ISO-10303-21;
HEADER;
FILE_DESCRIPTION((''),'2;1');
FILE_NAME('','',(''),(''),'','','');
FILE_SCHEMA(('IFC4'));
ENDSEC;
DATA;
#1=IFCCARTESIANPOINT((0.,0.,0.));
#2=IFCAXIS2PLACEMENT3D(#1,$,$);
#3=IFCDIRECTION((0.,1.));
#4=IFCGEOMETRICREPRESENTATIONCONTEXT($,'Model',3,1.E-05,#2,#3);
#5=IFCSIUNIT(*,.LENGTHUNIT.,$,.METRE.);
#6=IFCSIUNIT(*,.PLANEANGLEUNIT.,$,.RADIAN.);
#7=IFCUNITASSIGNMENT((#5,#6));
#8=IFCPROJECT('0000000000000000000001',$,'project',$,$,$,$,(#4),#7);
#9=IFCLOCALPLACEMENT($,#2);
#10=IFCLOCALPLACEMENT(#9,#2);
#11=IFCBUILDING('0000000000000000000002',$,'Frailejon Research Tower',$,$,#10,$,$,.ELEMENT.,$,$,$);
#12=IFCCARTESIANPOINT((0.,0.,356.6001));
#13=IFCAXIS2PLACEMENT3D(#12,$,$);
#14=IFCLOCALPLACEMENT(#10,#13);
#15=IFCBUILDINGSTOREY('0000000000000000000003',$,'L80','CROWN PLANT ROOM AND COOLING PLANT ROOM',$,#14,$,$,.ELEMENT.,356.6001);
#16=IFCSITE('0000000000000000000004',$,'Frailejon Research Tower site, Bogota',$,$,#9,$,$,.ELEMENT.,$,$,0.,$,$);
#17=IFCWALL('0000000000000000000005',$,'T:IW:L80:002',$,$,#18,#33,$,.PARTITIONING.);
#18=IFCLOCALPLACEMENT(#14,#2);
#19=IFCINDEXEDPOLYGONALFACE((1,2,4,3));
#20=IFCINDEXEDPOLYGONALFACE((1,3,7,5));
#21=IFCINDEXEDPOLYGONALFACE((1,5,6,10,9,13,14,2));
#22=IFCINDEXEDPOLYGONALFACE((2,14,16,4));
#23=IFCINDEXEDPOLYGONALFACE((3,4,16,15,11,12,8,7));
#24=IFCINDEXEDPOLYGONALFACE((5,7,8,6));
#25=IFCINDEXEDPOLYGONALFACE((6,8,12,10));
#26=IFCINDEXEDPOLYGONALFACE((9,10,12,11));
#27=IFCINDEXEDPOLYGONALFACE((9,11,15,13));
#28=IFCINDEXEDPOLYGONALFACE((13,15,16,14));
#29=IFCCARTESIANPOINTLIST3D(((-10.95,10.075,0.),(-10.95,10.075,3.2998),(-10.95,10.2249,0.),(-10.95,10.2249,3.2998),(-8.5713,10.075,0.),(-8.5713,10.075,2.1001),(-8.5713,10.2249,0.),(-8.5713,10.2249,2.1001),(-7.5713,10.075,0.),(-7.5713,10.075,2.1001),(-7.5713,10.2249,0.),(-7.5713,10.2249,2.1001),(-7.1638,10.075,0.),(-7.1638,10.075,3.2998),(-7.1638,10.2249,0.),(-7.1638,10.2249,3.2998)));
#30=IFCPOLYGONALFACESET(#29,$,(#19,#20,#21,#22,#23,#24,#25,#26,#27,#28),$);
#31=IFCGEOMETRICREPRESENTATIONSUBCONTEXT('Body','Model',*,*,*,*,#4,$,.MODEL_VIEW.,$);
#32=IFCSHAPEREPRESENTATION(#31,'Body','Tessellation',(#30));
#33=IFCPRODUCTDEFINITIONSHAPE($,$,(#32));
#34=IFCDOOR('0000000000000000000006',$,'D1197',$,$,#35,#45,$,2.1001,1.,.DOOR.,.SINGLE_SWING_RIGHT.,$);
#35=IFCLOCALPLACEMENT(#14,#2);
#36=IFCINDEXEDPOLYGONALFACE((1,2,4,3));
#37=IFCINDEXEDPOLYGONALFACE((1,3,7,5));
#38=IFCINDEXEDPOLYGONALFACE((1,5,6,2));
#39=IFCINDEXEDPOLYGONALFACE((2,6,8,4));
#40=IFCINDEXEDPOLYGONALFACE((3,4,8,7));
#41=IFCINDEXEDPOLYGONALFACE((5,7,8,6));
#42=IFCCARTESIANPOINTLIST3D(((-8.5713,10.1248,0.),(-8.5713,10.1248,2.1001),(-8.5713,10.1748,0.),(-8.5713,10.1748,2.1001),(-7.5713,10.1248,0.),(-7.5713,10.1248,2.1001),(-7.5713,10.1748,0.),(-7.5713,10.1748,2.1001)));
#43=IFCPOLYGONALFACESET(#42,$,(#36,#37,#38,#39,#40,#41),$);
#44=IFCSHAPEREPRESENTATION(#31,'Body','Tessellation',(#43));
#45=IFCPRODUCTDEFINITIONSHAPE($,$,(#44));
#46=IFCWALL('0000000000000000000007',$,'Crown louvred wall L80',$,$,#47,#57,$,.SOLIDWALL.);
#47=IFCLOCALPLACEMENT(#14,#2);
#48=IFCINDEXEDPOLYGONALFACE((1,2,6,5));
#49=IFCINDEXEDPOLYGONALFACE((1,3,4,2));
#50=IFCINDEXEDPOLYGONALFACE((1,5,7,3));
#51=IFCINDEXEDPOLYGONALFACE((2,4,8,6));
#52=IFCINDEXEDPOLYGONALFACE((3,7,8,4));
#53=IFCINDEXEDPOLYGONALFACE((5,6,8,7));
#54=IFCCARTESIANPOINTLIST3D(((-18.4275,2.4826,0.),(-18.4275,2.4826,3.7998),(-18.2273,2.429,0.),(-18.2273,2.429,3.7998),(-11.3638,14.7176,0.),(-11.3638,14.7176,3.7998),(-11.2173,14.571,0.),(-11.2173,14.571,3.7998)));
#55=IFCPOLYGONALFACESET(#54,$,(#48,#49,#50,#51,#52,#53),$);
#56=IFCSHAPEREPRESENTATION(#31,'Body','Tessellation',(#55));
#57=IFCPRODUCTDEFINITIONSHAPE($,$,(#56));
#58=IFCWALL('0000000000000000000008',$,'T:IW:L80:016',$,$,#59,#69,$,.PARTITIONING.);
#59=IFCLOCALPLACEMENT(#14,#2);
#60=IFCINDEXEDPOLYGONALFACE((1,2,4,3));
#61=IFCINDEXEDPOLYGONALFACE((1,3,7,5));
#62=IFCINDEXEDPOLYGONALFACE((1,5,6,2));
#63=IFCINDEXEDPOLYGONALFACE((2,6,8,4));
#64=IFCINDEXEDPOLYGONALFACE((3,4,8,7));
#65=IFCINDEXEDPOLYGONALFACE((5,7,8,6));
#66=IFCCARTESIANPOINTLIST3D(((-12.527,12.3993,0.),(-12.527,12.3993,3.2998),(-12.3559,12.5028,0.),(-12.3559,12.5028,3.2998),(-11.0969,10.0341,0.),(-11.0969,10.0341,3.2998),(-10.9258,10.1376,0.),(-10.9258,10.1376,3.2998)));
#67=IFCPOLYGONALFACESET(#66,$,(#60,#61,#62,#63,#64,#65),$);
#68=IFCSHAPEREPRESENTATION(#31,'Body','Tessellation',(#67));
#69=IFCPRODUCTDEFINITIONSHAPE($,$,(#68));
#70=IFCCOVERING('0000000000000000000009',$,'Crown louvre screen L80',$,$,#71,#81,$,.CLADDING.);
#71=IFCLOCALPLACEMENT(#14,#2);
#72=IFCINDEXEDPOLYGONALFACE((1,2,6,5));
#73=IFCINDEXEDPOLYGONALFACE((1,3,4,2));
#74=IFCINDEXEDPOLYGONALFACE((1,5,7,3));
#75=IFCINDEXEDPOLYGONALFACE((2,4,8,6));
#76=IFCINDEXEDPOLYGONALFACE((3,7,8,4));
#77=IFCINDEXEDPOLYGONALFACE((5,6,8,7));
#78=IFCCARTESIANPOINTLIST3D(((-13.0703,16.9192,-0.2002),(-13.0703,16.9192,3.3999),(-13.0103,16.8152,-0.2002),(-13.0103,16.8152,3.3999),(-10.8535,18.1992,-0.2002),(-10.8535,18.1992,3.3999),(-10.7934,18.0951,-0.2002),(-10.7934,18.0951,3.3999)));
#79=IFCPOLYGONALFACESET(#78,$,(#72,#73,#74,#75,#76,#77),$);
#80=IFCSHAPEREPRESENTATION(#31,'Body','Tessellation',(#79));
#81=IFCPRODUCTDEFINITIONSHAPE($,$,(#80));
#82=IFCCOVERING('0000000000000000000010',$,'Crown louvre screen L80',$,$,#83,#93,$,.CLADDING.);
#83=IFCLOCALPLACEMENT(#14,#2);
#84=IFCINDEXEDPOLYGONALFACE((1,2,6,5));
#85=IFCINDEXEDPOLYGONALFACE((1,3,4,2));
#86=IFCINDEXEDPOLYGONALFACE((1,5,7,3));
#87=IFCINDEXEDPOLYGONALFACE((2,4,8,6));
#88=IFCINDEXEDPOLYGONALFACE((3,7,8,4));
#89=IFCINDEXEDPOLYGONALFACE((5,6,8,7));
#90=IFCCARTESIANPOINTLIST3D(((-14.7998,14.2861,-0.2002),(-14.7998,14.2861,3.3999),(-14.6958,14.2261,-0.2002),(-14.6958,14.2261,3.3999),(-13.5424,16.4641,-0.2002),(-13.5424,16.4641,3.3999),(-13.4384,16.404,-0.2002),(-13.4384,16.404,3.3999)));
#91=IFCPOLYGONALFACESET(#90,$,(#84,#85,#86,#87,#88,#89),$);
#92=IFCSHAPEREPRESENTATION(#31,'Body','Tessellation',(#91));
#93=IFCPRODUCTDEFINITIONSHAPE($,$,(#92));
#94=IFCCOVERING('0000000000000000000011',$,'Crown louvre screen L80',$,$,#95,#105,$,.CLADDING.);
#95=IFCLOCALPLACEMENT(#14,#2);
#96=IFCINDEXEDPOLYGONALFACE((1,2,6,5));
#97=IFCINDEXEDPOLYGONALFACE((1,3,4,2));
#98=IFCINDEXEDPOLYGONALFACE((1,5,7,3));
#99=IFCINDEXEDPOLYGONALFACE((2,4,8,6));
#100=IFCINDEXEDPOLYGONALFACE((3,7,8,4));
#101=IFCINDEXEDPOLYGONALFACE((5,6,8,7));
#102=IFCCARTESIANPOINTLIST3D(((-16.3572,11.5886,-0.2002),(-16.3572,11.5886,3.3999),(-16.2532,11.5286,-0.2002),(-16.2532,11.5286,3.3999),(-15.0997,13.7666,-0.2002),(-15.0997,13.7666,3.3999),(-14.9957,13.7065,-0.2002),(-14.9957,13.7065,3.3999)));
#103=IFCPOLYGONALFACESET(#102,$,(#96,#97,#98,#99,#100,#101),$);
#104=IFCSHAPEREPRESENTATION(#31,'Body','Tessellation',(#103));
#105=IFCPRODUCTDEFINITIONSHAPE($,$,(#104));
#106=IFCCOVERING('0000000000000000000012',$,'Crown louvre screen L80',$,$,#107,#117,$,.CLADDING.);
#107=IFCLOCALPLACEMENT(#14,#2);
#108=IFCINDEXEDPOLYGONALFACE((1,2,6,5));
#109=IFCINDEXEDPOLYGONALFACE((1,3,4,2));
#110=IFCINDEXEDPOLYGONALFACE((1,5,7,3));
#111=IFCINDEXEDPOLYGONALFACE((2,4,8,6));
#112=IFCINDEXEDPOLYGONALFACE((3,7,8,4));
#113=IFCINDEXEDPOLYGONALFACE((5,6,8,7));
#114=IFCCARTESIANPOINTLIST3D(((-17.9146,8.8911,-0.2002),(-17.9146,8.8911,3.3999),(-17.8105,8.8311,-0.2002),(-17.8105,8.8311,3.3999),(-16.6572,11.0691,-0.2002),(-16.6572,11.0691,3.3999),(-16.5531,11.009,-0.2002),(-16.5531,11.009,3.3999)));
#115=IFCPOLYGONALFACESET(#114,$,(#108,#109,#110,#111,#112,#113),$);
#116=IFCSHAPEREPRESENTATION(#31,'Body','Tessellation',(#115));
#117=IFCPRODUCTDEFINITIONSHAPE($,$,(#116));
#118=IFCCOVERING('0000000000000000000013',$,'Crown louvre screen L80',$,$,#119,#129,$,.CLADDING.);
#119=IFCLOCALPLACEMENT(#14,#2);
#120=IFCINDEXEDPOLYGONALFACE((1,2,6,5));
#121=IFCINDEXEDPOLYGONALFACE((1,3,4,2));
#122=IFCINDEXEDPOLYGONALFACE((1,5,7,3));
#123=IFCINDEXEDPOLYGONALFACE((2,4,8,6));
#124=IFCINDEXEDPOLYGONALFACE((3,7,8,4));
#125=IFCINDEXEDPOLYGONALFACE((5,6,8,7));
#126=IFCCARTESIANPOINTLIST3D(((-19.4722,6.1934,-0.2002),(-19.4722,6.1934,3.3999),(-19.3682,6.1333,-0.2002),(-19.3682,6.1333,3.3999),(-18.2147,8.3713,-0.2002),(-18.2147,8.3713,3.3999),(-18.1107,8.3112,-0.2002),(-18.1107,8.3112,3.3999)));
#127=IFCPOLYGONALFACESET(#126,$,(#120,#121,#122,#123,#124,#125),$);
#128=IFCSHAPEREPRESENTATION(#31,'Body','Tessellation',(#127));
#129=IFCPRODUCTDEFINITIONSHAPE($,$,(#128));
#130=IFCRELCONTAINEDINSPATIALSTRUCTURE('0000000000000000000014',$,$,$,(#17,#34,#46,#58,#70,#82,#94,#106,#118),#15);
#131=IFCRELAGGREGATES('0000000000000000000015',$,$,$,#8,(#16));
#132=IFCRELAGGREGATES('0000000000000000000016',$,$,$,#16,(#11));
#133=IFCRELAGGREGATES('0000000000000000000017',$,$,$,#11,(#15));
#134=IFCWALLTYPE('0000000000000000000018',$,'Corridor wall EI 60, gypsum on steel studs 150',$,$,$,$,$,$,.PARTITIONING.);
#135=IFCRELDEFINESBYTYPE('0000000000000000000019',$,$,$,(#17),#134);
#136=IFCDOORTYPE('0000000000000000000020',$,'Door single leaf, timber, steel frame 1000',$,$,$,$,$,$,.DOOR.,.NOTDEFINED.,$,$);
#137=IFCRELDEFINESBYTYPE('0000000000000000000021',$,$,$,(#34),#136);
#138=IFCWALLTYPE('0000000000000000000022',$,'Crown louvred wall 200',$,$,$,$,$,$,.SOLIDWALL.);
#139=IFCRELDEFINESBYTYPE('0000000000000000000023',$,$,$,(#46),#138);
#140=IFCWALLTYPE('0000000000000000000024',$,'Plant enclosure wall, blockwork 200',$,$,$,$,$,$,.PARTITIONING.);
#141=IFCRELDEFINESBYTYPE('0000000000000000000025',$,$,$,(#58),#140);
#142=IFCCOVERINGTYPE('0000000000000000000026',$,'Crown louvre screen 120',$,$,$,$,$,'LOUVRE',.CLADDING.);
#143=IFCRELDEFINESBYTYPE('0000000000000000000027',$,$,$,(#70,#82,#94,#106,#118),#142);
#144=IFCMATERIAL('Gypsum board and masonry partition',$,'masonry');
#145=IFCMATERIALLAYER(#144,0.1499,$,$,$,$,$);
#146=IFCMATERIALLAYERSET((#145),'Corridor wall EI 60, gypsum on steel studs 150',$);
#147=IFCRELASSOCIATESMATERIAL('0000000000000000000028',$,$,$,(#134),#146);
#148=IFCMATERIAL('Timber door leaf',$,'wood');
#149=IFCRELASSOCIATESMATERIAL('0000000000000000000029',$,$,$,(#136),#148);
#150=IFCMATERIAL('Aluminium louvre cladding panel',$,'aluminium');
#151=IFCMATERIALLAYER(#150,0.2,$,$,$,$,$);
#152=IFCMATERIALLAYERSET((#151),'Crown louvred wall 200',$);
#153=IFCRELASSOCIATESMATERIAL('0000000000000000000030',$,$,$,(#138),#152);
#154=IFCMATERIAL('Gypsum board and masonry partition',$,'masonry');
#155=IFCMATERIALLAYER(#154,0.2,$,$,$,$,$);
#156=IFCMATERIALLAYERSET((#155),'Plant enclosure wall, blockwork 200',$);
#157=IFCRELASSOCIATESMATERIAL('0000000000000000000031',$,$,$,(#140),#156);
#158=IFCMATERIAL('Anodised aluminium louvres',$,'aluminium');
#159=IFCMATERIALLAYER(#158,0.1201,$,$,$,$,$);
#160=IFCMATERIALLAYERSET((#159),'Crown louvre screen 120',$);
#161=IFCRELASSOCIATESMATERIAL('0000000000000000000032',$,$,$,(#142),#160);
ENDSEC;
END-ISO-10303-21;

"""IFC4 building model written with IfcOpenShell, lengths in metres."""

from ifc_helpers import new_model, si_unit, direction, frame, frame_2d, origin, place, context, subcontext, project, spatial, polyline, rectangle, outline, extrude, material, layer, layer_set, type_object, element, fill, save


model = new_model("IFC4")

# Units and contexts
model_context = context("Model", 3, precision=1e-05, world=origin(), true_north=direction((0.0, 1.0)))
body_context = subcontext(model_context, "Body", "Model", "MODEL_VIEW")
ifc_project = project(units=[si_unit("LENGTHUNIT", "METRE"), si_unit("PLANEANGLEUNIT", "RADIAN")], contexts=[model_context])

# Site, building, storey
site_placement = place(None, origin())
site = spatial("IfcSite", under=ifc_project, at=site_placement, Name="Frailejon Research Tower site, Bogota", CompositionType="ELEMENT", RefElevation=0.0)
building_placement = place(site_placement, origin())
building = spatial("IfcBuilding", under=site, at=building_placement, Name="Frailejon Research Tower", CompositionType="ELEMENT")
storey_placement = place(building_placement, frame((0.0, 0.0, 356.6001)))
storey = spatial("IfcBuildingStorey", under=building, at=storey_placement, Name="L80", Description="CROWN PLANT ROOM AND COOLING PLANT ROOM", CompositionType="ELEMENT", Elevation=356.6001)

# Wall, opening, door
ifc_material_1 = material(Name="Gypsum board and masonry partition", Category="masonry")
ifc_layer_1 = layer(ifc_material_1, 0.1499)
ifc_layer_set_1 = layer_set([ifc_layer_1], Name="Corridor wall EI 60, gypsum on steel studs 150")
wall_type_1 = type_object("IfcWallType", Name="Corridor wall EI 60, gypsum on steel studs 150", PredefinedType="PARTITIONING", material=ifc_layer_set_1)
wall_1_placement = place(storey_placement, frame((-10.95, 10.1499, 0.0), z_axis=(0.0, 0.0, 1.0), x_axis=(1.0, 0.0, 0.0)))
wall_1 = element("IfcWall", 1, at=wall_1_placement, inside=storey, type_object=wall_type_1, Name="T:IW:L80:002", PredefinedType="PARTITIONING", context=body_context, shape_type="SweptSolid", body=[
    extrude(rectangle(XDim=3.7861, YDim=0.1499, at=frame_2d((1.8931, 0.0))), origin(), (0.0, 0.0, 1.0), 3.2998),
])
opening_placement = place(wall_1_placement, frame((2.3787, 0.0, 0.0)))
opening = element("IfcOpeningElement", 2, at=opening_placement, cuts=wall_1, PredefinedType="OPENING", context=body_context, shape_type="SweptSolid", body=[
    extrude(rectangle(XDim=1.0, YDim=2.1001, at=frame_2d((0.5, 1.05))), frame((0.0, 0.085, 0.0), z_axis=(0.0, -1.0, 0.0), x_axis=(1.0, 0.0, 0.0)), (0.0, 0.0, 1.0), 0.1699),
])
ifc_material_2 = material(Name="Timber door leaf", Category="wood")
door_type = type_object("IfcDoorType", Name="Door single leaf, timber, steel frame 1000", OperationType="NOTDEFINED", PredefinedType="DOOR", material=ifc_material_2)
door_placement = place(opening_placement, origin())
door = element("IfcDoor", 3, at=door_placement, inside=storey, type_object=door_type, Name="D1197", OperationType="SINGLE_SWING_RIGHT", OverallHeight=2.1001, OverallWidth=1.0, PredefinedType="DOOR", context=body_context, shape_type="SweptSolid", body=[
    extrude(rectangle(XDim=1.0, YDim=2.1001, at=frame_2d((0.5, 1.05))), frame((0.0, 0.0249, 0.0), z_axis=(0.0, -1.0, 0.0), x_axis=(1.0, 0.0, 0.0)), (0.0, 0.0, 1.0), 0.05),
])
fill(opening, door)

# Walls
ifc_material_3 = material(Name="Aluminium louvre cladding panel", Category="aluminium")
ifc_layer_2 = layer(ifc_material_3, 0.2)
ifc_layer_set_2 = layer_set([ifc_layer_2], Name="Crown louvred wall 200")
wall_type_2 = type_object("IfcWallType", Name="Crown louvred wall 200", PredefinedType="SOLIDWALL", material=ifc_layer_set_2)
wall_2_placement = place(storey_placement, frame((-11.2905, 14.6443, 0.0), z_axis=(0.0, 0.0, 1.0), x_axis=(-0.499992, -0.86603, 0.0)))
element("IfcWall", 4, at=wall_2_placement, inside=storey, type_object=wall_type_2, Name="Crown louvred wall L80", PredefinedType="SOLIDWALL", context=body_context, shape_type="SweptSolid", body=[
    extrude(outline(polyline([(-0.0269, -0.1001), (14.1008, -0.1001), (14.0471, 0.1001), (0.0269, 0.1001), (-0.0269, -0.1001)])), origin(), (0.0, 0.0, 1.0), 3.7998),
])
ifc_material_4 = material(Name="Gypsum board and masonry partition", Category="masonry")
ifc_layer_3 = layer(ifc_material_4, 0.2)
ifc_layer_set_3 = layer_set([ifc_layer_3], Name="Plant enclosure wall, blockwork 200")
wall_type_3 = type_object("IfcWallType", Name="Plant enclosure wall, blockwork 200", PredefinedType="PARTITIONING", material=ifc_layer_set_3)
wall_3_placement = place(storey_placement, frame((-12.4414, 12.4509, 0.0), z_axis=(0.0, 0.0, 1.0), x_axis=(0.517428, -0.855727, 0.0)))
element("IfcWall", 5, at=wall_3_placement, inside=storey, type_object=wall_type_3, Name="T:IW:L80:016", PredefinedType="PARTITIONING", context=body_context, shape_type="SweptSolid", body=[
    extrude(rectangle(XDim=2.7639, YDim=0.2, at=frame_2d((1.3818, 0.0))), origin(), (0.0, 0.0, 1.0), 3.2998),
])

# Coverings
ifc_material_5 = material(Name="Anodised aluminium louvres", Category="aluminium")
ifc_layer_4 = layer(ifc_material_5, 0.1201)
ifc_layer_set_4 = layer_set([ifc_layer_4], Name="Crown louvre screen 120")
covering_type = type_object("IfcCoveringType", Name="Crown louvre screen 120", ElementType="LOUVRE", PredefinedType="CLADDING", material=ifc_layer_set_4)
covering_placement = place(storey_placement, frame((-13.0403, 16.8672, -0.2002), z_axis=(0.866011, 0.500026, 0.0), x_axis=(-0.500026, 0.866011, 0.0)))
element("IfcCovering", 6, at=covering_placement, inside=storey, type_object=covering_type, Name="Crown louvre screen L80", PredefinedType="CLADDING", context=body_context, shape_type="SweptSolid", body=[
    extrude(outline(polyline([(-0.0601, 0.0), (0.0601, 0.0), (0.0601, 3.6001), (-0.0601, 3.6001), (-0.0601, 0.0)])), origin(), (0.0, 0.0, 1.0), 2.5598),
])
for number, where, z_axis, x_axis, name in (
    (7, (-14.7478, 14.2561, -0.2002), (0.499997, 0.866027, 0.0), (-0.866027, 0.499997, 0.0), "Crown louvre screen L80"),
    (8, (-16.3052, 11.5586, -0.2002), (0.500009, 0.86602, 0.0), (-0.86602, 0.500009, 0.0), "Crown louvre screen L80"),
    (9, (-17.8625, 8.8611, -0.2002), (0.499979, 0.866037, 0.0), (-0.866037, 0.499979, 0.0), "Crown louvre screen L80"),
    (10, (-19.4202, 6.1633, -0.2002), (0.500009, 0.86602, 0.0), (-0.86602, 0.500009, 0.0), "Crown louvre screen L80"),
):
    element("IfcCovering", number, at=place(storey_placement, frame(where, z_axis=z_axis, x_axis=x_axis)), inside=storey, type_object=covering_type, Name=name, PredefinedType="CLADDING", context=body_context, shape_type="SweptSolid", body=[
        extrude(outline(polyline([(-0.0601, 0.0), (0.0601, 0.0), (0.0601, 3.6001), (-0.0601, 3.6001), (-0.0601, 0.0)])), origin(), (0.0, 0.0, 1.0), 2.5149),
    ])

save(model, "model.ifc")
